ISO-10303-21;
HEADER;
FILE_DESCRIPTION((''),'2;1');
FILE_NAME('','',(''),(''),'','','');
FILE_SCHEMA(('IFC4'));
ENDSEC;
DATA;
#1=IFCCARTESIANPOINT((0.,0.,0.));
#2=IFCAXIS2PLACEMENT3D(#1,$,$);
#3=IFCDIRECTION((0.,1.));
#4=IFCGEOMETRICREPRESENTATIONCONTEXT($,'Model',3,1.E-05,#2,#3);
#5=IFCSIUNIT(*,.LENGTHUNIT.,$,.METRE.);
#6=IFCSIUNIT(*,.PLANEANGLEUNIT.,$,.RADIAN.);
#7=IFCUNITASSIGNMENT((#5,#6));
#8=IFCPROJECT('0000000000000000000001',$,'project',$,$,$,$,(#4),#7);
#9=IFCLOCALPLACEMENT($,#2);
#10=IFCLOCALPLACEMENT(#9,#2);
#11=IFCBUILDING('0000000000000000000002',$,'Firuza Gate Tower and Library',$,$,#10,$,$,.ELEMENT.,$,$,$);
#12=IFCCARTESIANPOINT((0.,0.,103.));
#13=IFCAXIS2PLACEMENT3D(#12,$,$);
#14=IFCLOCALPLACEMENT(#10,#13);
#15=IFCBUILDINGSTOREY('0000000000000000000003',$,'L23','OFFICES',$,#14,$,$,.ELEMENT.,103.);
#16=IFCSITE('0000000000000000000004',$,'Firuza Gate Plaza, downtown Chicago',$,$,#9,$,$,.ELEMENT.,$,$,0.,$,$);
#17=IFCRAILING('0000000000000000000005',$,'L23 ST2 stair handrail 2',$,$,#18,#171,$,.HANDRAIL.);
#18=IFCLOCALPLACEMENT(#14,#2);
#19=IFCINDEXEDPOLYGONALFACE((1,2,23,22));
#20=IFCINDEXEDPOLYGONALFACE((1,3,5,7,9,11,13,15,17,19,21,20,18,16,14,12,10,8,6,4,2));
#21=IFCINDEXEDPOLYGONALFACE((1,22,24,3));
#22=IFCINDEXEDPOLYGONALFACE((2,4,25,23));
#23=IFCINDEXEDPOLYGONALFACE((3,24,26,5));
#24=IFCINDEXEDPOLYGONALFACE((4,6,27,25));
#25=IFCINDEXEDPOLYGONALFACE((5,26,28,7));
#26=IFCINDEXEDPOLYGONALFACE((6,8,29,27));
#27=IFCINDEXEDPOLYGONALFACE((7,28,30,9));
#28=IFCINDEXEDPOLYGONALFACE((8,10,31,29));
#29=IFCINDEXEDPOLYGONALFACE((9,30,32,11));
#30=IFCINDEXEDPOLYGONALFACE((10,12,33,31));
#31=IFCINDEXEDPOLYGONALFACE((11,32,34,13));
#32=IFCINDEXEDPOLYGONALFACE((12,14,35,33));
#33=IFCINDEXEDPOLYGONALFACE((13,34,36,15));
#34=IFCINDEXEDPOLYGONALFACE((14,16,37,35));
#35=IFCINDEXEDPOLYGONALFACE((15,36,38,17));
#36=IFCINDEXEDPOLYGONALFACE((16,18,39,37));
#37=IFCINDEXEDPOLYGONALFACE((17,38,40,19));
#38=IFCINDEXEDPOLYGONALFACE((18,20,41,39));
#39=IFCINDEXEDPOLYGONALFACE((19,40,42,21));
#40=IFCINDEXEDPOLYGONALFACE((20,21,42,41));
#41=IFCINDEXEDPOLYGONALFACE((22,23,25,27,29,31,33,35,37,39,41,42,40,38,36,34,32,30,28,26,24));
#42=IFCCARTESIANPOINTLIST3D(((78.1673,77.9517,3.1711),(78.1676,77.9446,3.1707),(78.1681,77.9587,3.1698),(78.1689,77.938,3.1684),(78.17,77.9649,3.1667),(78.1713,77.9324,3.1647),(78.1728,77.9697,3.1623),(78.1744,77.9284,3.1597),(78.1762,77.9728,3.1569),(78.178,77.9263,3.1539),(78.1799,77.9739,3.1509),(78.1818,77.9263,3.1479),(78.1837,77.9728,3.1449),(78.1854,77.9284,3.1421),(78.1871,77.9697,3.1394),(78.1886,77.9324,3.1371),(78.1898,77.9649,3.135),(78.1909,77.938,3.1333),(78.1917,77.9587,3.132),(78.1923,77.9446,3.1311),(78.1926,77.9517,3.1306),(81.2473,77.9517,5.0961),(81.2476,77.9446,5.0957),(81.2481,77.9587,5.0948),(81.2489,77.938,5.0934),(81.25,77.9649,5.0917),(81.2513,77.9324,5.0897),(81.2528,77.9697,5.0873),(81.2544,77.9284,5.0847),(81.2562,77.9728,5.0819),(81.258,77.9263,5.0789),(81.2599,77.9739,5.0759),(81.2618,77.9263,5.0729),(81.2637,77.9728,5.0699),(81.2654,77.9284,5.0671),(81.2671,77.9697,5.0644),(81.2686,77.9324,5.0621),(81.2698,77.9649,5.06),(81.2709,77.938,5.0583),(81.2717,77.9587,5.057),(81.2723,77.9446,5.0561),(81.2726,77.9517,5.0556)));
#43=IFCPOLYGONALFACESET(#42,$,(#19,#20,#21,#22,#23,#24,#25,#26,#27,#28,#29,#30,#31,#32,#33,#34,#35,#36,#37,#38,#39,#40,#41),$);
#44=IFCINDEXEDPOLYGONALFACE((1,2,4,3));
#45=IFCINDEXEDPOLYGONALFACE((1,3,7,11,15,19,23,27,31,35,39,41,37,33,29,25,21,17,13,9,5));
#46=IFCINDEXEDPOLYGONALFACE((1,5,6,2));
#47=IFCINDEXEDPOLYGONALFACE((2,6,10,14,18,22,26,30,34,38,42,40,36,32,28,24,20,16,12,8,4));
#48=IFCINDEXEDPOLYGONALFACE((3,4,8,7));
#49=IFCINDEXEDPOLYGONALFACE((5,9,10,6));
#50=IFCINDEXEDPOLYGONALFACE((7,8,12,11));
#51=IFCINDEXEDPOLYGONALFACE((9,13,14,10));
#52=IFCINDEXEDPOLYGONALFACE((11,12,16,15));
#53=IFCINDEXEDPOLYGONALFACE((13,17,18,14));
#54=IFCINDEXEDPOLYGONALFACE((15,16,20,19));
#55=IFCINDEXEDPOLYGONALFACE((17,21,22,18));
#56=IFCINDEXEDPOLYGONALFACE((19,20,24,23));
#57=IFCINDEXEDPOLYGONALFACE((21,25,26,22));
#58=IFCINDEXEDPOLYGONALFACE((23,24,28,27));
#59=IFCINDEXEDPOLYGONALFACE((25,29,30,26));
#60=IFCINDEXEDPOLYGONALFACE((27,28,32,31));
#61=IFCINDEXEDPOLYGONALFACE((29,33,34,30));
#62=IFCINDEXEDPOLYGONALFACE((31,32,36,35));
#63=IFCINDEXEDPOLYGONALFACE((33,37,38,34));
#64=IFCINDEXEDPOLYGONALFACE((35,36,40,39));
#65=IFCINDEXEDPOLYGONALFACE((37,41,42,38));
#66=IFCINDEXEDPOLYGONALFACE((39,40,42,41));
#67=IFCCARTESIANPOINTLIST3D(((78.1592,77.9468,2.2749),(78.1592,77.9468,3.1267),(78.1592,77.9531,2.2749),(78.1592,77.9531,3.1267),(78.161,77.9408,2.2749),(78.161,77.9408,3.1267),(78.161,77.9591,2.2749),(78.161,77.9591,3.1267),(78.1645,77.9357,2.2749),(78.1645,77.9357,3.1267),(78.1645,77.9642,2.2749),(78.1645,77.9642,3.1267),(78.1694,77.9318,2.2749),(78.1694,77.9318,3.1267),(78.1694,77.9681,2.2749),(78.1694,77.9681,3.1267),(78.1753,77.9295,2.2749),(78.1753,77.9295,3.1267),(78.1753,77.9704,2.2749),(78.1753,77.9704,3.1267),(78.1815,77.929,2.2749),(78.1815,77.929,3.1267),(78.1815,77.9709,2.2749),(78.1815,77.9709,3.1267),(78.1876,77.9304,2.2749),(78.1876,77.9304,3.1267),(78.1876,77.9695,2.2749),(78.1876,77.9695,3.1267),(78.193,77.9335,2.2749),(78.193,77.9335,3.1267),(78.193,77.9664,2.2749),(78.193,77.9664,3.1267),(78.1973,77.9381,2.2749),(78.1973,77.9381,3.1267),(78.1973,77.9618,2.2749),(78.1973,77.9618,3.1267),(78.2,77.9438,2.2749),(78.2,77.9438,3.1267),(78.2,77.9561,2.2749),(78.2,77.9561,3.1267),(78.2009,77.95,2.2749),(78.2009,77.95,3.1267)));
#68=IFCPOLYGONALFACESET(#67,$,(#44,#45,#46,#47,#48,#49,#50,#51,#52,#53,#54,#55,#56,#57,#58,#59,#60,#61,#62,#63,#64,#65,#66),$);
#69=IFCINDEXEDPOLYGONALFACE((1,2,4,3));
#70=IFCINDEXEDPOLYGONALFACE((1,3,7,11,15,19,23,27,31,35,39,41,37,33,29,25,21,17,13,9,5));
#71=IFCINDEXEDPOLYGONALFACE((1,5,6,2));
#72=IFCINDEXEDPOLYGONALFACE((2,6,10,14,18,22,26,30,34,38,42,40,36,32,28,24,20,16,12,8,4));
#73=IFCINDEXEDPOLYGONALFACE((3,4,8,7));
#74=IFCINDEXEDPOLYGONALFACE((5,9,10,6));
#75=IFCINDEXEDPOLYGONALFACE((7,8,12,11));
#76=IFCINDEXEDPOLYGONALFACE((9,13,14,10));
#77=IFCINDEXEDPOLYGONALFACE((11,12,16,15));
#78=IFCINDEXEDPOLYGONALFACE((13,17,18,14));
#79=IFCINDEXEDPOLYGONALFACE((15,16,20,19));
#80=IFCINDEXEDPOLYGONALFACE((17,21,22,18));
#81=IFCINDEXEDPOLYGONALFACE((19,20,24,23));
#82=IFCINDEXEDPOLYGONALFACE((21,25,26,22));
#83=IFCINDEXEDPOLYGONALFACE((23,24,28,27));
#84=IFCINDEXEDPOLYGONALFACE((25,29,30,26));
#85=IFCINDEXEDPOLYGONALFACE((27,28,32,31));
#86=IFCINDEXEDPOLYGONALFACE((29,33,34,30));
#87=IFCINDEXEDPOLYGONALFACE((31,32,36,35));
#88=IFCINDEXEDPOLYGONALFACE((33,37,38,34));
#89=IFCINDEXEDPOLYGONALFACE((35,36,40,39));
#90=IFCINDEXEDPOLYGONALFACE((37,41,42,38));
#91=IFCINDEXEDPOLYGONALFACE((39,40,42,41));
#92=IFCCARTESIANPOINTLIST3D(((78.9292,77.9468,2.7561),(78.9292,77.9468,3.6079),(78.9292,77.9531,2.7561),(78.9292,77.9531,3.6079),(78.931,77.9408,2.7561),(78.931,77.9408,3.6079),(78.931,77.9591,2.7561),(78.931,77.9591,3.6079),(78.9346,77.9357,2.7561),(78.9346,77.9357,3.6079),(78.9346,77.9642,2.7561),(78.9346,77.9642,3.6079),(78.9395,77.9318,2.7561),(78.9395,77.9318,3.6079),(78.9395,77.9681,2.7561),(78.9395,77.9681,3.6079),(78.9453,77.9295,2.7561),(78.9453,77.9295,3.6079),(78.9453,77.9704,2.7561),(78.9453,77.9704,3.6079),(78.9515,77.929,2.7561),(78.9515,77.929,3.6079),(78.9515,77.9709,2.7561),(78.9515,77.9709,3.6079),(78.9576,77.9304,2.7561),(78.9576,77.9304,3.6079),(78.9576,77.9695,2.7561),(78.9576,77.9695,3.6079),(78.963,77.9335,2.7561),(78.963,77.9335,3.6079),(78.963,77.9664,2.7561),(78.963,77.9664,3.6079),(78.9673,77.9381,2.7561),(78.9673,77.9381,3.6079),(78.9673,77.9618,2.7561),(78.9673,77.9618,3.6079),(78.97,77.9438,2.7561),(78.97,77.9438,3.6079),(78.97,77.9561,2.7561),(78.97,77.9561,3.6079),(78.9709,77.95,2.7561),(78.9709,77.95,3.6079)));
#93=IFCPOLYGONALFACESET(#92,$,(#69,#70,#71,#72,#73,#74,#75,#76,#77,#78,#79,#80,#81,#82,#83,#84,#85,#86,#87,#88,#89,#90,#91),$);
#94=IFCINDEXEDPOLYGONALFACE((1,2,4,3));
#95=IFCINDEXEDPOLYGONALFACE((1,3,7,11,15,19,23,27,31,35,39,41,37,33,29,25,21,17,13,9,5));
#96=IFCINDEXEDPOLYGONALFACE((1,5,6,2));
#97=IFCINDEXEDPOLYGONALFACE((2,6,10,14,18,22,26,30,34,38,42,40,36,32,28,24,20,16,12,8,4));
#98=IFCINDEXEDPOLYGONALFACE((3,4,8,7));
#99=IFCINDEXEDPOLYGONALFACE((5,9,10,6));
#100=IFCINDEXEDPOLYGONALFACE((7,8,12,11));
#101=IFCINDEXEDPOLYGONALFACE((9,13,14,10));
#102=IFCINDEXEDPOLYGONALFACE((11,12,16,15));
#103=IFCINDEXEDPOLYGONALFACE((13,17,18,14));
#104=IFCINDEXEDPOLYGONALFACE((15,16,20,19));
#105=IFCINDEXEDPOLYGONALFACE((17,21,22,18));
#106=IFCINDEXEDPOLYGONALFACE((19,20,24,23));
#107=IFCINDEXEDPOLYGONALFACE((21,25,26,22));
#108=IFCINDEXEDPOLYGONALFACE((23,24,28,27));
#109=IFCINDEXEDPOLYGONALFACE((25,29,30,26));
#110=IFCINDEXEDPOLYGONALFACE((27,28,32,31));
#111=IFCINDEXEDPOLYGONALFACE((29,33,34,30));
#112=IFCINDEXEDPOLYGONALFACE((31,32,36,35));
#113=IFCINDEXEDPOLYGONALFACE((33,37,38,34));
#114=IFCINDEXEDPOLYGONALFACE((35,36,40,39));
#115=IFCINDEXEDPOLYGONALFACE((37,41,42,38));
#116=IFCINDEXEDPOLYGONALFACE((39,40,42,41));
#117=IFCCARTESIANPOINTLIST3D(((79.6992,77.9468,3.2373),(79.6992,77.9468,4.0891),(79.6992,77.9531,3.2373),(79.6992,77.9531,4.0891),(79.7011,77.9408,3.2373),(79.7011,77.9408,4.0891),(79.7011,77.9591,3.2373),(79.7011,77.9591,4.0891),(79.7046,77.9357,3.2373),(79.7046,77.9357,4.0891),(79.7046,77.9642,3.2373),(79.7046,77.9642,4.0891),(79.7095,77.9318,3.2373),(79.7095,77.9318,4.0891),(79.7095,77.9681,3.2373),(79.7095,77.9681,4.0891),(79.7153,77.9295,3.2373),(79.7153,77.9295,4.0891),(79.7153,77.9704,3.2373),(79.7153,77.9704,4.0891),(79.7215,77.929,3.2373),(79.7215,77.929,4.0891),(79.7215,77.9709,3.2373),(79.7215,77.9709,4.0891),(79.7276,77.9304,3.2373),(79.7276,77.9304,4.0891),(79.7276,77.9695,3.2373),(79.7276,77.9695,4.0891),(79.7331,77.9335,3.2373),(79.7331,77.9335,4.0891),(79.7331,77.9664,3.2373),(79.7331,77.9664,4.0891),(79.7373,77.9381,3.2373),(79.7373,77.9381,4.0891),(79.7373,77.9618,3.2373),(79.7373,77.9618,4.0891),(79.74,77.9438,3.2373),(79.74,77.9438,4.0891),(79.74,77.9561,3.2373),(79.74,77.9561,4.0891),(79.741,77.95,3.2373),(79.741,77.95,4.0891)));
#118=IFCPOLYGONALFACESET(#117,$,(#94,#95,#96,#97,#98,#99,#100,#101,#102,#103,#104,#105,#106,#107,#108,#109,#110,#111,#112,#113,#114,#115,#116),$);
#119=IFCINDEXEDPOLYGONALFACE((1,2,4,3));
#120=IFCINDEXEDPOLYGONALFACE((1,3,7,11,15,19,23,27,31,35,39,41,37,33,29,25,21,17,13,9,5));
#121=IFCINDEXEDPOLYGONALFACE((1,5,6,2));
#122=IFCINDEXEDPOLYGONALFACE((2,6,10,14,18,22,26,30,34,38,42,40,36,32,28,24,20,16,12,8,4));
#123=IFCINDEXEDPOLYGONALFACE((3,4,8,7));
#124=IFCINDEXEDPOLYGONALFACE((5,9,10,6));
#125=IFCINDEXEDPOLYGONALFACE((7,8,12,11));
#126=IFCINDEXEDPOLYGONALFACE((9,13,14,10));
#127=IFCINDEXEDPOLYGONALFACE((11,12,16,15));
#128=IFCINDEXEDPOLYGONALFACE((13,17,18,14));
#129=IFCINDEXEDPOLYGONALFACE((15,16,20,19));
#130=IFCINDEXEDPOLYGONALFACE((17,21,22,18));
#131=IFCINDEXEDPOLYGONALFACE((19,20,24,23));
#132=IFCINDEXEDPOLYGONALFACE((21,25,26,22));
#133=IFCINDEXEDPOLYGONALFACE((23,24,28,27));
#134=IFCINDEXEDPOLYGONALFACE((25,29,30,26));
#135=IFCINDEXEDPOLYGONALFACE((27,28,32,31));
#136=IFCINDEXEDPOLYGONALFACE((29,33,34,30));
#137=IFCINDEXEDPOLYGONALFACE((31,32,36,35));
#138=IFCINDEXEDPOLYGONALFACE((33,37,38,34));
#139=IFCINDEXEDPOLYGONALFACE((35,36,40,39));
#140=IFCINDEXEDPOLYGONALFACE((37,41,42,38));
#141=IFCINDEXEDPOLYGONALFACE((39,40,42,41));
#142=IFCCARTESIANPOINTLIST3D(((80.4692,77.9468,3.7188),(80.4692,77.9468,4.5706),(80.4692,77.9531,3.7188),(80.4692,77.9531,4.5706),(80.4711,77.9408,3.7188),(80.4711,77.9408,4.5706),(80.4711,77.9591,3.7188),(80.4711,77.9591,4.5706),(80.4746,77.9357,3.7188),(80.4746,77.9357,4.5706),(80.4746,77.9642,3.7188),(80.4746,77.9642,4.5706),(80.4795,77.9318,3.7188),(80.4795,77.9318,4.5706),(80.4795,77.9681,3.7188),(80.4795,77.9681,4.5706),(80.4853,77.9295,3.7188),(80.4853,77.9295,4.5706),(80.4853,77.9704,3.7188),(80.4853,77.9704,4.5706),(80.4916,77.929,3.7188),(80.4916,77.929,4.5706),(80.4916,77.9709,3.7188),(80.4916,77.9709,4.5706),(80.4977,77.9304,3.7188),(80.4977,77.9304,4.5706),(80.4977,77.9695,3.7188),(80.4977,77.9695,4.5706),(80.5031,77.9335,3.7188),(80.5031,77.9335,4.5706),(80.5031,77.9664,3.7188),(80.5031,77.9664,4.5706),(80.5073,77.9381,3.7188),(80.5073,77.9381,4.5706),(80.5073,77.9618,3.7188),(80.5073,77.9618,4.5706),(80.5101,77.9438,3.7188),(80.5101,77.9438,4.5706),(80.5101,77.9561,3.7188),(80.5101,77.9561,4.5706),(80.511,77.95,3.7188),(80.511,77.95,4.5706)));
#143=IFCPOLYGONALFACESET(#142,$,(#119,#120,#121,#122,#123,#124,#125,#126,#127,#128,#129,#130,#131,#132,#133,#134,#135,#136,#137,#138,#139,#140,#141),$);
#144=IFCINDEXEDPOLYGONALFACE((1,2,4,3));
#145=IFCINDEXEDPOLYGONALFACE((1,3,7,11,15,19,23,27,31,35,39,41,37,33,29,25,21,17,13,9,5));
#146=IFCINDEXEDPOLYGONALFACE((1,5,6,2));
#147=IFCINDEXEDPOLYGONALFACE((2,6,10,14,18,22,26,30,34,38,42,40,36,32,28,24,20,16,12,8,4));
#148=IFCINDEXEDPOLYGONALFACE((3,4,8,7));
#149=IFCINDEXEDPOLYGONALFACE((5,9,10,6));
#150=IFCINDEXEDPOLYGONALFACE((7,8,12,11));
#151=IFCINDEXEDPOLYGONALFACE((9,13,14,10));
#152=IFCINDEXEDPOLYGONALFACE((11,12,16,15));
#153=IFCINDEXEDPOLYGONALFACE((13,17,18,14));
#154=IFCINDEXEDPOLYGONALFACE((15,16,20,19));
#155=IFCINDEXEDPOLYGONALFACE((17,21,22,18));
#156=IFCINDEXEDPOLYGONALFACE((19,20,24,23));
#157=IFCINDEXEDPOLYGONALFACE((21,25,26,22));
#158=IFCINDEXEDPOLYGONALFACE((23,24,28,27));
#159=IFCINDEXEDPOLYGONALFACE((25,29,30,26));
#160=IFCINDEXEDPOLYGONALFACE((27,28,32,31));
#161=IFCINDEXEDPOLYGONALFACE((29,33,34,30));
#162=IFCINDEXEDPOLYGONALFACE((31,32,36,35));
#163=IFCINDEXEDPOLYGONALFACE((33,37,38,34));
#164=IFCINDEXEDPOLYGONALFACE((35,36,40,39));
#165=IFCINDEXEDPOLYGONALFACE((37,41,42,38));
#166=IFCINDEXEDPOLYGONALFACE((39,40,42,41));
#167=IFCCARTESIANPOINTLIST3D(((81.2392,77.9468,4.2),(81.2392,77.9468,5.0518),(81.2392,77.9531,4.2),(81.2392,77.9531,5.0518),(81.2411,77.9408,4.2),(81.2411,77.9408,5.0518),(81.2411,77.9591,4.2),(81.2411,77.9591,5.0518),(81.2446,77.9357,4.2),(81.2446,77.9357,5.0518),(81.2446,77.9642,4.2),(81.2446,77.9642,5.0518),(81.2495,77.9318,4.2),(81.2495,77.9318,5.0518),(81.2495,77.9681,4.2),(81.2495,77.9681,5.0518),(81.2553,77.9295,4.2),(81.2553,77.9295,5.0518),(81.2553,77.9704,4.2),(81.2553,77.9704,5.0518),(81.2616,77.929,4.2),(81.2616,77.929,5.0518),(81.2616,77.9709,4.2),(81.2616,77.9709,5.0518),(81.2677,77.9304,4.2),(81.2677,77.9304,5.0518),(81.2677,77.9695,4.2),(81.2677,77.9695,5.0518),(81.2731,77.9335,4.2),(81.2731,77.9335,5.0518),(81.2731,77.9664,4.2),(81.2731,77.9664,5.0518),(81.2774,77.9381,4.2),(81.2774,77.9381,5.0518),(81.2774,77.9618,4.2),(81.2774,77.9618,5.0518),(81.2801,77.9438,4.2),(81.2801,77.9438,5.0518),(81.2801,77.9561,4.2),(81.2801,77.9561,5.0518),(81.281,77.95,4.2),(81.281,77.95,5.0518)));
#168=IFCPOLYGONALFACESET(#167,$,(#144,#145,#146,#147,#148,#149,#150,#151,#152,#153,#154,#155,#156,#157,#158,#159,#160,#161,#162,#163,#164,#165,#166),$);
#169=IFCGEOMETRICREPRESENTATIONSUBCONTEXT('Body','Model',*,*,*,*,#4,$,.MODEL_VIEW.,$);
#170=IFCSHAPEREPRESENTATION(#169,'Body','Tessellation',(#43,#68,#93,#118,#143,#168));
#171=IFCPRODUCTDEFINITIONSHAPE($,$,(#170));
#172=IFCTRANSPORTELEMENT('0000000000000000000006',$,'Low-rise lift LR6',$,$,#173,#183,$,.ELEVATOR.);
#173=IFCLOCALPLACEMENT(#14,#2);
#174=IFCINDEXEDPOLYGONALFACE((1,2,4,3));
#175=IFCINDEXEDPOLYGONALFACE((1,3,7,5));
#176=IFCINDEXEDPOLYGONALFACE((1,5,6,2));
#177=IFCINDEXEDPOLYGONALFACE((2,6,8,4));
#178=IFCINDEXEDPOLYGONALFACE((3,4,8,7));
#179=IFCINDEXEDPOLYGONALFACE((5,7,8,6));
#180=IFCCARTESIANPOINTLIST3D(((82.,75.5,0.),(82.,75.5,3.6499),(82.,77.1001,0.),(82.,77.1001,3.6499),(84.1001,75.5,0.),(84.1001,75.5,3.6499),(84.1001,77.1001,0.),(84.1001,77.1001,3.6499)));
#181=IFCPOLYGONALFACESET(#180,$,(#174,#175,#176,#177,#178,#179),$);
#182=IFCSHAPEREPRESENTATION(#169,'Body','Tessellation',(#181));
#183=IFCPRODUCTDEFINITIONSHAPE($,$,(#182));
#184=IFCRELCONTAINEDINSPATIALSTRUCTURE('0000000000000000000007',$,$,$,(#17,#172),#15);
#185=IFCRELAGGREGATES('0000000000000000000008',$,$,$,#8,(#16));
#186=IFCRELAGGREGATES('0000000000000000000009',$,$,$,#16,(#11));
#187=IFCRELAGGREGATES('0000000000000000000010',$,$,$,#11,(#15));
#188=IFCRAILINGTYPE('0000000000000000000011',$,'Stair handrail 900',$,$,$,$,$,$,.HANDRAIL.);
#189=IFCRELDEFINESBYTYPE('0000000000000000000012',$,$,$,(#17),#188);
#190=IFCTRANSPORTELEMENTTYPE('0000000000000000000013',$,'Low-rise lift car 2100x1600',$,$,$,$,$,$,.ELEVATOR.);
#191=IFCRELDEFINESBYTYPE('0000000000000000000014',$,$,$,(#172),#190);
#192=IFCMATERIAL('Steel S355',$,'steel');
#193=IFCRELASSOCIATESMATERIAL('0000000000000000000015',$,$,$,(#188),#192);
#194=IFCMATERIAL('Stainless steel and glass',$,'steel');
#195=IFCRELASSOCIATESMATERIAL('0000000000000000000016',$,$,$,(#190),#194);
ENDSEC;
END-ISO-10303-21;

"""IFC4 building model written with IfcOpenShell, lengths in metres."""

from ifc_helpers import new_model, si_unit, direction, frame, origin, origin_2d, place, context, subcontext, project, spatial, rectangle, circle, extrude, material, type_object, element, save


model = new_model("IFC4")

# Units and contexts
model_context = context("Model", 3, precision=1e-05, world=origin(), true_north=direction((0.0, 1.0)))
body_context = subcontext(model_context, "Body", "Model", "MODEL_VIEW")
ifc_project = project(units=[si_unit("LENGTHUNIT", "METRE"), si_unit("PLANEANGLEUNIT", "RADIAN")], contexts=[model_context])

# Site, building, storey
site_placement = place(None, origin())
site = spatial("IfcSite", under=ifc_project, at=site_placement, Name="Firuza Gate Plaza, downtown Chicago", CompositionType="ELEMENT", RefElevation=0.0)
building_placement = place(site_placement, origin())
building = spatial("IfcBuilding", under=site, at=building_placement, Name="Firuza Gate Tower and Library", CompositionType="ELEMENT")
storey_placement = place(building_placement, frame((0.0, 0.0, 103.0)))
storey = spatial("IfcBuildingStorey", under=building, at=storey_placement, Name="L23", Description="OFFICES", CompositionType="ELEMENT", Elevation=103.0)

# Railing
ifc_material_1 = material(Name="Steel S355", Category="steel")
railing_type_1 = type_object("IfcRailingType", Name="Stair handrail 900", PredefinedType="HANDRAIL", material=ifc_material_1)
railing_1_placement = place(storey_placement, frame((78.1799, 77.95, 2.2749)))
element("IfcRailing", 1, at=railing_1_placement, inside=storey, type_object=railing_type_1, Name="L23 ST2 stair handrail 2", PredefinedType="HANDRAIL", context=body_context, shape_type="SweptSolid", body=[
    extrude(circle(Radius=0.0239, at=origin_2d()), frame((0.0, 0.0, 0.876), z_axis=(0.847998, 0.0, 0.529999), x_axis=(0.0, 1.0, 0.0)), (0.0, 0.0, 1.0), 3.6321),
    extrude(circle(Radius=0.021, at=origin_2d()), origin(), (0.0, 0.0, 1.0), 0.8518),
    extrude(circle(Radius=0.021, at=origin_2d()), frame((0.77, 0.0, 0.4812)), (0.0, 0.0, 1.0), 0.8518),
    extrude(circle(Radius=0.021, at=origin_2d()), frame((1.54, 0.0, 0.9624)), (0.0, 0.0, 1.0), 0.8518),
    extrude(circle(Radius=0.021, at=origin_2d()), frame((2.3101, 0.0, 1.4438)), (0.0, 0.0, 1.0), 0.8518),
    extrude(circle(Radius=0.021, at=origin_2d()), frame((3.0801, 0.0, 1.925)), (0.0, 0.0, 1.0), 0.8518),
])

# Transport element
ifc_material_2 = material(Name="Stainless steel and glass", Category="steel")
transport_element_type = type_object("IfcTransportElementType", Name="Low-rise lift car 2100x1600", PredefinedType="ELEVATOR", material=ifc_material_2)
transport_element_placement = place(storey_placement, frame((83.05, 76.3, 0.0), z_axis=(0.0, 0.0, 1.0), x_axis=(1.0, 0.0, 0.0)))
element("IfcTransportElement", 2, at=transport_element_placement, inside=storey, type_object=transport_element_type, Name="Low-rise lift LR6", PredefinedType="ELEVATOR", context=body_context, shape_type="SweptSolid", body=[
    extrude(rectangle(XDim=2.1001, YDim=1.6001, at=origin_2d()), origin(), (0.0, 0.0, 1.0), 3.6499),
])

save(model, "model.ifc")
